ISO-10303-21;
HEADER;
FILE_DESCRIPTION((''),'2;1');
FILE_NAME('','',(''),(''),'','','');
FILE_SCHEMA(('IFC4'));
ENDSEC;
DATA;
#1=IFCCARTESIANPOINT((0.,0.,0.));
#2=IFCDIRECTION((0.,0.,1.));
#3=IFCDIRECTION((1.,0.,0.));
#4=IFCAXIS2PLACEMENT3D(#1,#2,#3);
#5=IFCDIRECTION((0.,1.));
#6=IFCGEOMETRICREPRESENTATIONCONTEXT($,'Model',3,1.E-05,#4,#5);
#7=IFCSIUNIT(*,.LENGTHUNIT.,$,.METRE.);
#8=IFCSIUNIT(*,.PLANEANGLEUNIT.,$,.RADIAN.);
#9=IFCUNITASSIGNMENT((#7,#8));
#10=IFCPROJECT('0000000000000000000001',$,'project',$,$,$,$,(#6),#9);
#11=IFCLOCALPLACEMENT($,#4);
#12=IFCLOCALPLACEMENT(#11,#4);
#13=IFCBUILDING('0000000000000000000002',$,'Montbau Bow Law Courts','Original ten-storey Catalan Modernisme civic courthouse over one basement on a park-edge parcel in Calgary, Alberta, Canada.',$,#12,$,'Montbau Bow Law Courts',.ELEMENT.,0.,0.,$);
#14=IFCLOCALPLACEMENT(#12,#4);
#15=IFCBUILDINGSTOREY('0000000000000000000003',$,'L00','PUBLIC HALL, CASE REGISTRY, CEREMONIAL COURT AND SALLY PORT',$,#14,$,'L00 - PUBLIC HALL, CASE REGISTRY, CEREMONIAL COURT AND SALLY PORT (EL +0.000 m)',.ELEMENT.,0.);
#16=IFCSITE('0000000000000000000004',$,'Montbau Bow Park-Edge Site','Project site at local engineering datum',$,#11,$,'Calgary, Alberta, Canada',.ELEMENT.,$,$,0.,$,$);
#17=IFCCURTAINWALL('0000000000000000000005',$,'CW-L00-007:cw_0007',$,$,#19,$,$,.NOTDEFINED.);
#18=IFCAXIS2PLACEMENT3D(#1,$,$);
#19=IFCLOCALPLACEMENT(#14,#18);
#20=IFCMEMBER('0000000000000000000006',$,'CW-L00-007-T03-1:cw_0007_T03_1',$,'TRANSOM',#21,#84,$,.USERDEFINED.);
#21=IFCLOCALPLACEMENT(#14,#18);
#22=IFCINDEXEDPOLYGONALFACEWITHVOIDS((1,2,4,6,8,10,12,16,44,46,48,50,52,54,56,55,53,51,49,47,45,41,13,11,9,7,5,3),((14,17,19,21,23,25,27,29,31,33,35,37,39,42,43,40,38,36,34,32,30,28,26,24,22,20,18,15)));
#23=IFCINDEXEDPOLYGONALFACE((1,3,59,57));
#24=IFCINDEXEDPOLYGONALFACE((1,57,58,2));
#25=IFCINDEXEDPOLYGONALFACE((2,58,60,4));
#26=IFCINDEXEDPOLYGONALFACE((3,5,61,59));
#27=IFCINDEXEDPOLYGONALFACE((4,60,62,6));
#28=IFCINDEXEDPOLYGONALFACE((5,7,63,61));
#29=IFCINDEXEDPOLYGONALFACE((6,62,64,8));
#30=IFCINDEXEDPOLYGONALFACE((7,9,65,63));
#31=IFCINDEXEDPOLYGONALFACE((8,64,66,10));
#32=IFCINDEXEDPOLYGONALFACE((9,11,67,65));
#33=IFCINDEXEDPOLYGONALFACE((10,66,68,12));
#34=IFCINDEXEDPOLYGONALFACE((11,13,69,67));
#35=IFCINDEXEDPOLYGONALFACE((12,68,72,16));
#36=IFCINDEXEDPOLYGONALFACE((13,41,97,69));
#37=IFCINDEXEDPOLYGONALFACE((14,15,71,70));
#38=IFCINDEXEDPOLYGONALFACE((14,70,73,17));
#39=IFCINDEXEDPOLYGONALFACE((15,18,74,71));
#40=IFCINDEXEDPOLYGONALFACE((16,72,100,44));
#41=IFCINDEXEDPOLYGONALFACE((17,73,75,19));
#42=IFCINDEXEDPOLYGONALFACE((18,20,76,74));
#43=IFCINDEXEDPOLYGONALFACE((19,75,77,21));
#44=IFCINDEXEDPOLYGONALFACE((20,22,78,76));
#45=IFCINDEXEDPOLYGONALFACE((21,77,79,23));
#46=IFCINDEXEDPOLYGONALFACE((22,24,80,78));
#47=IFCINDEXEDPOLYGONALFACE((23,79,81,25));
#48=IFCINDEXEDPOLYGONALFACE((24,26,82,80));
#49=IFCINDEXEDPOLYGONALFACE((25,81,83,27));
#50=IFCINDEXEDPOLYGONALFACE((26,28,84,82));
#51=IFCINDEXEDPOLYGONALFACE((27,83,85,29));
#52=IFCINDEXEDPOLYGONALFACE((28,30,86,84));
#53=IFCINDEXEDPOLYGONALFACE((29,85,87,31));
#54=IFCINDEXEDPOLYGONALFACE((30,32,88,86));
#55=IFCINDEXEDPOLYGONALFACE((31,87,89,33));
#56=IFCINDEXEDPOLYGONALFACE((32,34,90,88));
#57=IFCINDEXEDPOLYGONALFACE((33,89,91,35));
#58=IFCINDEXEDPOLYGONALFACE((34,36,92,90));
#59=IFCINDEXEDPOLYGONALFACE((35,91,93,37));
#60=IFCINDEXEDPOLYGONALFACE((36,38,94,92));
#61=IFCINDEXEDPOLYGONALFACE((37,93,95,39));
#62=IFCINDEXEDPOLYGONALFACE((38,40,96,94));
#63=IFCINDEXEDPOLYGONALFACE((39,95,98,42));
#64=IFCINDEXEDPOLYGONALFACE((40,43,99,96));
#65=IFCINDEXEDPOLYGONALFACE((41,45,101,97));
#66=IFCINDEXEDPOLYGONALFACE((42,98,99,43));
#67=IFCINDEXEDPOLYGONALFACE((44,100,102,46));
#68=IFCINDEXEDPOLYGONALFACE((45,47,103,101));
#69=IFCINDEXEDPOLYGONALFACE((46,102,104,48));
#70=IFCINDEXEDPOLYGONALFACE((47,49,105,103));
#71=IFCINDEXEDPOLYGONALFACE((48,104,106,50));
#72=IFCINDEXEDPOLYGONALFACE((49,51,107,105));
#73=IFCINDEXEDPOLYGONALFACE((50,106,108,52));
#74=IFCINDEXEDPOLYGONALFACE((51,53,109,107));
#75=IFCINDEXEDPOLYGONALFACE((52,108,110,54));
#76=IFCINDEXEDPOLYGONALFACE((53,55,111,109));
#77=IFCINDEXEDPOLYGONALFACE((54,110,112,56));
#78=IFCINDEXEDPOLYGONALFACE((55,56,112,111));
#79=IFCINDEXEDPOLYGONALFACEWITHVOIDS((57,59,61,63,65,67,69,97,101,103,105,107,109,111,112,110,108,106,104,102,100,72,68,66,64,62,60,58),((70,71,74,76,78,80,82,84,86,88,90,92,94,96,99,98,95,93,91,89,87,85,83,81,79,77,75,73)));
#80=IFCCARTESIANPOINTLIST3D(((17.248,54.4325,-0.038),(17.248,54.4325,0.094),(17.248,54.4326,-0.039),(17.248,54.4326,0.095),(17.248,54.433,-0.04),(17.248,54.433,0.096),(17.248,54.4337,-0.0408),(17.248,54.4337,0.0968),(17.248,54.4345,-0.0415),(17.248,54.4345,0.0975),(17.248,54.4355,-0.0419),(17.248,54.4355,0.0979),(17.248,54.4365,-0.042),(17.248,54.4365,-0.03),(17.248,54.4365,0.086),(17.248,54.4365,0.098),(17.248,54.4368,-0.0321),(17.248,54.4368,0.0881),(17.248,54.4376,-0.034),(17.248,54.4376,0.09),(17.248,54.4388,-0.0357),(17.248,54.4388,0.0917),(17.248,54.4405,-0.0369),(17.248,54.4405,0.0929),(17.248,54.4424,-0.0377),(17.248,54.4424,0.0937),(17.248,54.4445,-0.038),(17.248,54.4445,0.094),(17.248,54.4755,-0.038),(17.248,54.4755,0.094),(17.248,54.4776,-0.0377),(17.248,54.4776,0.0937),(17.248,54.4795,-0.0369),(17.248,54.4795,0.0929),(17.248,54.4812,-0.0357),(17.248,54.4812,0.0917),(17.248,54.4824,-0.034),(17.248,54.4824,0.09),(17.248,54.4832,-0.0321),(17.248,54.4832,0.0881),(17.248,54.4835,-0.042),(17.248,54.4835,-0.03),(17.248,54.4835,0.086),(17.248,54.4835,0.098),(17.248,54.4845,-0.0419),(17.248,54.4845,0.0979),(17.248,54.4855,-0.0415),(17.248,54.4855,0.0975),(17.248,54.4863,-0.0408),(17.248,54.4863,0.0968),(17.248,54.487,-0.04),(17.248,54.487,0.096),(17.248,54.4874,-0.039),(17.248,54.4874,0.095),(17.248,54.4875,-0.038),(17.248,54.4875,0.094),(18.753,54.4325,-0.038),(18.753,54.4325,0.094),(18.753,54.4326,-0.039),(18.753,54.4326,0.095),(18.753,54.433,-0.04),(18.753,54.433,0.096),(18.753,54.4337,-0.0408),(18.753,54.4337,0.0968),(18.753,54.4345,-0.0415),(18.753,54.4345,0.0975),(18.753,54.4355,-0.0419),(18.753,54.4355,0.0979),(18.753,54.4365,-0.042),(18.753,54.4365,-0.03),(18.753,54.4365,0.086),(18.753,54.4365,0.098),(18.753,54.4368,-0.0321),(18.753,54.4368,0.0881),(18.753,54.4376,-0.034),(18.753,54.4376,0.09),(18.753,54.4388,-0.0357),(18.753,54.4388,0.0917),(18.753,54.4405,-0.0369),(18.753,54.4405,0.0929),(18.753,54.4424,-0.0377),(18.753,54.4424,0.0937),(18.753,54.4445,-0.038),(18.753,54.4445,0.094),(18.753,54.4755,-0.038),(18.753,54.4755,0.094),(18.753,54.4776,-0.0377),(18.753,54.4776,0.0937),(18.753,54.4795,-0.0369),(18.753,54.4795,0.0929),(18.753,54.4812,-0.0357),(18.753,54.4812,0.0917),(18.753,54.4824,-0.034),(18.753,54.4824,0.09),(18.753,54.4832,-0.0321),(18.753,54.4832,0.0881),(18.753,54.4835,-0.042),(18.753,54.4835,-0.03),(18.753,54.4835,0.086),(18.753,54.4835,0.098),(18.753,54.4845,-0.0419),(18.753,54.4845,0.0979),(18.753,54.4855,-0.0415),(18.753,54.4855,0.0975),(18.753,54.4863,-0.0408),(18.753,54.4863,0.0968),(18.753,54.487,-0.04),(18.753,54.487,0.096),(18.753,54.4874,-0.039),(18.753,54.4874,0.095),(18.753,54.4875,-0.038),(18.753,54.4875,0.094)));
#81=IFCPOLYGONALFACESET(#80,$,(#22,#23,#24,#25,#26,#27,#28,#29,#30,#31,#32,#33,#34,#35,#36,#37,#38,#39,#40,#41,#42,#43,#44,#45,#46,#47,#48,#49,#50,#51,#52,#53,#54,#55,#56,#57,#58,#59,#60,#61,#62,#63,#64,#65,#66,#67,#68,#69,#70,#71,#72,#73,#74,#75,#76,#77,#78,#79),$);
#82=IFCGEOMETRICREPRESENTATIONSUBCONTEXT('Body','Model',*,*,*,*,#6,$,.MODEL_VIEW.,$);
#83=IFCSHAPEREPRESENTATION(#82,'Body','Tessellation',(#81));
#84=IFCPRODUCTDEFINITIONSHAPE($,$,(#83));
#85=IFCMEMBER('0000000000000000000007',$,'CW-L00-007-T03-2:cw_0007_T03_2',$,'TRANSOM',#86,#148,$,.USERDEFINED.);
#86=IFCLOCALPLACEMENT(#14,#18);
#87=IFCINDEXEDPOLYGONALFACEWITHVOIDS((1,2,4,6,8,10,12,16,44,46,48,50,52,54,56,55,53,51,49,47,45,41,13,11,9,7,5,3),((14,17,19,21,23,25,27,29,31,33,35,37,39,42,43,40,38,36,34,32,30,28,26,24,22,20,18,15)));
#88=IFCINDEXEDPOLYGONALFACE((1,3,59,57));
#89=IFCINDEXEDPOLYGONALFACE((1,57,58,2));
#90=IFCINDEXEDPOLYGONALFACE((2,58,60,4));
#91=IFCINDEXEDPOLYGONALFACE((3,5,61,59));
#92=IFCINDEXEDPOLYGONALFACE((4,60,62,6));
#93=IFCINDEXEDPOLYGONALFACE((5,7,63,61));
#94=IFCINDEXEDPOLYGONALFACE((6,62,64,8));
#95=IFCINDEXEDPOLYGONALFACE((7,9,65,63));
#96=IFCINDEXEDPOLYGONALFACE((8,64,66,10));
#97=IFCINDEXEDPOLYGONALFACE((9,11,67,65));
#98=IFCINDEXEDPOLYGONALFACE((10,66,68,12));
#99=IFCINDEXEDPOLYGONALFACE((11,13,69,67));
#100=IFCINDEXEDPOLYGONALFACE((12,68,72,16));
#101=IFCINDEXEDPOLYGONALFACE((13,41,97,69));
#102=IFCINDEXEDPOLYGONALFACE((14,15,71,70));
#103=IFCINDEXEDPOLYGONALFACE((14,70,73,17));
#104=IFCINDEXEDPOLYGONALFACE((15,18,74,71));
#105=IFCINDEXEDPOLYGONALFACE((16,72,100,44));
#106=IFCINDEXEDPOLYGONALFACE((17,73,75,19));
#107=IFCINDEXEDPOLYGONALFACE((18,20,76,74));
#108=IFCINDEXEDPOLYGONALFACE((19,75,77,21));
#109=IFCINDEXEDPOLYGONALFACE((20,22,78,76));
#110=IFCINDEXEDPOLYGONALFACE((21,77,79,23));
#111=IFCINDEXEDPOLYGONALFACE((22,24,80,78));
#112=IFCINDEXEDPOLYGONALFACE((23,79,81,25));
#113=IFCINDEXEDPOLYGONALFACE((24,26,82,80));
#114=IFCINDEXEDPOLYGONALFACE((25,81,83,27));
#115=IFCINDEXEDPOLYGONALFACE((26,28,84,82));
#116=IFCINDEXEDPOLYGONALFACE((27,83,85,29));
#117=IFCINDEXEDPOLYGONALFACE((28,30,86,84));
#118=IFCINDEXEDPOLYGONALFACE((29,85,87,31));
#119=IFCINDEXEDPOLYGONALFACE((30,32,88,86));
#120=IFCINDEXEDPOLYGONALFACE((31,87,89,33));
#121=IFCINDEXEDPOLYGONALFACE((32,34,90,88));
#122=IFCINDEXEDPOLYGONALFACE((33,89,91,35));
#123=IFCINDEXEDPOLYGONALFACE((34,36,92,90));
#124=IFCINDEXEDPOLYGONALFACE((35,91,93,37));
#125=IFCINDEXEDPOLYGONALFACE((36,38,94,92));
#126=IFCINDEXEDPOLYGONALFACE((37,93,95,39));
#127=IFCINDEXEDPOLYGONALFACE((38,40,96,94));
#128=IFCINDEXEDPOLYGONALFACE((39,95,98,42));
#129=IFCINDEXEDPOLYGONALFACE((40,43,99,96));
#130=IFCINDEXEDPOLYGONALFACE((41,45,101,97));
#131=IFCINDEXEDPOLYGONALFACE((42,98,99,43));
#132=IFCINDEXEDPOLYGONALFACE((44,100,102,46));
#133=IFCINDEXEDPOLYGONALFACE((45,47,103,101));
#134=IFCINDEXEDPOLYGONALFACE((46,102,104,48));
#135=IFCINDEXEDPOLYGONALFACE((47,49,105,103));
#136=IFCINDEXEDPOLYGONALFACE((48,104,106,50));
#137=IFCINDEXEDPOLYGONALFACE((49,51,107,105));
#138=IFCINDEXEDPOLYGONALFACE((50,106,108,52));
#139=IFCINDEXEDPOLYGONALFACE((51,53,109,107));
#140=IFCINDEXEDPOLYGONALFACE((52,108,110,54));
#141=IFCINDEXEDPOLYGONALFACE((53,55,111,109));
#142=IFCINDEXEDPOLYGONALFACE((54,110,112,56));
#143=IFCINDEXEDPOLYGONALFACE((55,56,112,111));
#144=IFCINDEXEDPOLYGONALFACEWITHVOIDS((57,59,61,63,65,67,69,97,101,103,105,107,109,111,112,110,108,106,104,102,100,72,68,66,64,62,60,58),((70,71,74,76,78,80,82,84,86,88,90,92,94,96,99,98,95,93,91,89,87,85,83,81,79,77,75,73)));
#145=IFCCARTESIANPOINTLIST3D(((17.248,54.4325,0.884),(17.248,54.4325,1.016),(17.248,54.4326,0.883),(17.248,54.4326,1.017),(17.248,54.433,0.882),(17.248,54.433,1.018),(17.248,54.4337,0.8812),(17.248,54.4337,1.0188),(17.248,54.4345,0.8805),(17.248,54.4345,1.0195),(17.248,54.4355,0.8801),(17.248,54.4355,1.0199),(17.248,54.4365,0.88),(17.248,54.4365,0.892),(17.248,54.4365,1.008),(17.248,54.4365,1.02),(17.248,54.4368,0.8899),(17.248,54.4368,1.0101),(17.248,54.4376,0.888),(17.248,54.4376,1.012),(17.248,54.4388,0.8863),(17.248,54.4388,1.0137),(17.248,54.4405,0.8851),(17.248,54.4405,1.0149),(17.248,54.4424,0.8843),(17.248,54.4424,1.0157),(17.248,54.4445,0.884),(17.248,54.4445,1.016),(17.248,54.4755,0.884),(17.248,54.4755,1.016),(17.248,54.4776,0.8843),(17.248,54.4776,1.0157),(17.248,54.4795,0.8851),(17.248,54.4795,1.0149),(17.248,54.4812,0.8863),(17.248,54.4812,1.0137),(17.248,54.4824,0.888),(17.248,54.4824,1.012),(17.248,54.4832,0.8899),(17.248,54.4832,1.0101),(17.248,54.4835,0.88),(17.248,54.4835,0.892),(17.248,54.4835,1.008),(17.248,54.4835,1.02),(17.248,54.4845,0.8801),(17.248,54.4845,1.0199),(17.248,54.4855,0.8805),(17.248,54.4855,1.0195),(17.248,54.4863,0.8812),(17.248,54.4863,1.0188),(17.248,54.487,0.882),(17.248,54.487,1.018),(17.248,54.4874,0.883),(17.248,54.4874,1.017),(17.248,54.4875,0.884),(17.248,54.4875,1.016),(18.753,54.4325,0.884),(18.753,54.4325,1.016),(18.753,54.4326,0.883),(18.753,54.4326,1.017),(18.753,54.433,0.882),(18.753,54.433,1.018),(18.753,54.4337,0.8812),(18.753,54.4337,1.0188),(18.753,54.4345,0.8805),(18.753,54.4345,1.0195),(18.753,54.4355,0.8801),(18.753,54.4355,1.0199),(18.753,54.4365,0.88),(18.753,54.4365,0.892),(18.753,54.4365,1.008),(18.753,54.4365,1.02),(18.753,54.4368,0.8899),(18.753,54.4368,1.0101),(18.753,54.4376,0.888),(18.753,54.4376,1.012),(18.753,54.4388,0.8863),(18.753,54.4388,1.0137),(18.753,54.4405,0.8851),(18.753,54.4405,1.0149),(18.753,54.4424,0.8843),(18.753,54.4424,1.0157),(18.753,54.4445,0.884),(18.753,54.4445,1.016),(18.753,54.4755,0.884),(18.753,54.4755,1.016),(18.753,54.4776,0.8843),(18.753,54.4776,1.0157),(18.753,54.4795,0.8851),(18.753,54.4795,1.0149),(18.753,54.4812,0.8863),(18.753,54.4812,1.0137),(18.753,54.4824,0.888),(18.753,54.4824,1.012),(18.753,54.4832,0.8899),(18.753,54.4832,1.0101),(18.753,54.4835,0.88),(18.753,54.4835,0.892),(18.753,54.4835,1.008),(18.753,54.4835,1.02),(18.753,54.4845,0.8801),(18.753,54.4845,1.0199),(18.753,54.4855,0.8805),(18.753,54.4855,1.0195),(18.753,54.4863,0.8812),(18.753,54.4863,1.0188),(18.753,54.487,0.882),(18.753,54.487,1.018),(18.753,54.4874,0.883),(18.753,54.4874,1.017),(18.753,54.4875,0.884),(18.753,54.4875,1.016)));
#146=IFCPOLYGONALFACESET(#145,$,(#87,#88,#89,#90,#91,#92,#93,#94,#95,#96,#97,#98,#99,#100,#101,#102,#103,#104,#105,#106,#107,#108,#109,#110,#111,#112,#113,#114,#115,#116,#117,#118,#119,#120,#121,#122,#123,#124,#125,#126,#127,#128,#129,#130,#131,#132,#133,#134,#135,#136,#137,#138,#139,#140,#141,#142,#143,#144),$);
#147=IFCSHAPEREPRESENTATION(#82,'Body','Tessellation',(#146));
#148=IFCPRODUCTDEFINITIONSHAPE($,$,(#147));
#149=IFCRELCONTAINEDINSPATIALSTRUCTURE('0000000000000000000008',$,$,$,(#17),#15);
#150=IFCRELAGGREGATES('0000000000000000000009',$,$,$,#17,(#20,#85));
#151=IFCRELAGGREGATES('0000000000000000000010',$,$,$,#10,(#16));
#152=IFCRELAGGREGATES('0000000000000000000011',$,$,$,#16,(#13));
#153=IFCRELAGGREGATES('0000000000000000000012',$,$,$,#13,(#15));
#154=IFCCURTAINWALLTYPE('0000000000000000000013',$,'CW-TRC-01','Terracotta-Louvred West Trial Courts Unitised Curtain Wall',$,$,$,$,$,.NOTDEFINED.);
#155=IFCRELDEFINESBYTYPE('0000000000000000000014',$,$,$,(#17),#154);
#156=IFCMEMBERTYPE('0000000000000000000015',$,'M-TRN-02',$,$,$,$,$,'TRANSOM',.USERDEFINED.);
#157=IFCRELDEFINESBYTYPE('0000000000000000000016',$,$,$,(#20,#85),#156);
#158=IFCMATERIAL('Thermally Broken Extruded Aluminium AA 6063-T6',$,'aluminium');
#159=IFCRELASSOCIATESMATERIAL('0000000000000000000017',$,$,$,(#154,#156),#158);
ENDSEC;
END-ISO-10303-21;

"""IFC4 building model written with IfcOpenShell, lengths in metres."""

from ifc_helpers import new_model, si_unit, direction, frame, origin_with_axes, origin_2d_with_axis, place, context, subcontext, project, spatial, hollow_rectangle, extrude, material, material_profile, profile_set, type_object, element, aggregate, save


model = new_model("IFC4")

# Units and contexts
model_context = context("Model", 3, precision=1e-05, world=origin_with_axes(), true_north=direction((0.0, 1.0)))
body_context = subcontext(model_context, "Body", "Model", "MODEL_VIEW")
ifc_project = project(units=[si_unit("LENGTHUNIT", "METRE"), si_unit("PLANEANGLEUNIT", "RADIAN")], contexts=[model_context])

# Site, building, storey
site_placement = place(None, origin_with_axes())
site = spatial("IfcSite", under=ifc_project, at=site_placement, Name="Montbau Bow Park-Edge Site", Description="Project site at local engineering datum", LongName="Calgary, Alberta, Canada", CompositionType="ELEMENT", RefElevation=0.0)
building_placement = place(site_placement, origin_with_axes())
building = spatial("IfcBuilding", under=site, at=building_placement, Name="Montbau Bow Law Courts", Description="Original ten-storey Catalan Modernisme civic courthouse over one basement on a park-edge parcel in Calgary, Alberta, Canada.", LongName="Montbau Bow Law Courts", CompositionType="ELEMENT", ElevationOfRefHeight=0.0, ElevationOfTerrain=0.0)
storey_placement = place(building_placement, origin_with_axes())
storey = spatial("IfcBuildingStorey", under=building, at=storey_placement, Name="L00", Description="PUBLIC HALL, CASE REGISTRY, CEREMONIAL COURT AND SALLY PORT", LongName="L00 - PUBLIC HALL, CASE REGISTRY, CEREMONIAL COURT AND SALLY PORT (EL +0.000 m)", CompositionType="ELEMENT", Elevation=0.0)

# Curtain wall
ifc_material_1 = material(Name="Thermally Broken Extruded Aluminium AA 6063-T6", Category="aluminium")
curtain_wall_type = type_object("IfcCurtainWallType", Name="CW-TRC-01", Description="Terracotta-Louvred West Trial Courts Unitised Curtain Wall", PredefinedType="NOTDEFINED", material=ifc_material_1)
curtain_wall_1_placement = place(None, frame((14.068, 54.46, 0.0), z_axis=(0.0, 0.0, 1.0), x_axis=(1.0, 0.0, 0.0)))
curtain_wall_1 = element("IfcCurtainWall", 1, at=curtain_wall_1_placement, inside=storey, type_object=curtain_wall_type, Name="CW-L00-007:cw_0007", PredefinedType="NOTDEFINED")

# Members
ifc_material_profile_1 = material_profile(ifc_material_1, hollow_rectangle(XDim=0.055, YDim=0.14, WallThickness=0.004, InnerFilletRadius=0.008, OuterFilletRadius=0.004, at=origin_2d_with_axis()), Name="CWT-140X55", Category="Main", Priority=0)
ifc_profile_set_1 = profile_set([ifc_material_profile_1], Name="Thermally Broken Extruded Aluminium AA 6063-T6")
member_type_1 = type_object("IfcMemberType", Name="M-TRN-02", ElementType="TRANSOM", PredefinedType="USERDEFINED", material=ifc_profile_set_1)
member_1_placement = place(None, frame((17.248, 54.46, 0.028), z_axis=(1.0, 0.0, 0.0), x_axis=(0.0, 1.0, 0.0)))
member_1 = element("IfcMember", 2, at=member_1_placement, type_object=member_type_1, Name="CW-L00-007-T03-1:cw_0007_T03_1", ObjectType="TRANSOM", PredefinedType="USERDEFINED", context=body_context, shape_type="SweptSolid", body=[
    extrude(hollow_rectangle(XDim=0.055, YDim=0.14, WallThickness=0.004, InnerFilletRadius=0.008, OuterFilletRadius=0.004, at=origin_2d_with_axis()), origin_with_axes(), (0.0, 0.0, 1.0), 1.505),
])
member_2_placement = place(None, frame((17.248, 54.46, 0.95), z_axis=(1.0, 0.0, 0.0), x_axis=(0.0, 1.0, 0.0)))
member_2 = element("IfcMember", 3, at=member_2_placement, type_object=member_type_1, Name="CW-L00-007-T03-2:cw_0007_T03_2", ObjectType="TRANSOM", PredefinedType="USERDEFINED", context=body_context, shape_type="SweptSolid", body=[
    extrude(hollow_rectangle(XDim=0.055, YDim=0.14, WallThickness=0.004, InnerFilletRadius=0.008, OuterFilletRadius=0.004, at=origin_2d_with_axis()), origin_with_axes(), (0.0, 0.0, 1.0), 1.505),
])

aggregate(curtain_wall_1, [member_1, member_2])

save(model, "model.ifc")
